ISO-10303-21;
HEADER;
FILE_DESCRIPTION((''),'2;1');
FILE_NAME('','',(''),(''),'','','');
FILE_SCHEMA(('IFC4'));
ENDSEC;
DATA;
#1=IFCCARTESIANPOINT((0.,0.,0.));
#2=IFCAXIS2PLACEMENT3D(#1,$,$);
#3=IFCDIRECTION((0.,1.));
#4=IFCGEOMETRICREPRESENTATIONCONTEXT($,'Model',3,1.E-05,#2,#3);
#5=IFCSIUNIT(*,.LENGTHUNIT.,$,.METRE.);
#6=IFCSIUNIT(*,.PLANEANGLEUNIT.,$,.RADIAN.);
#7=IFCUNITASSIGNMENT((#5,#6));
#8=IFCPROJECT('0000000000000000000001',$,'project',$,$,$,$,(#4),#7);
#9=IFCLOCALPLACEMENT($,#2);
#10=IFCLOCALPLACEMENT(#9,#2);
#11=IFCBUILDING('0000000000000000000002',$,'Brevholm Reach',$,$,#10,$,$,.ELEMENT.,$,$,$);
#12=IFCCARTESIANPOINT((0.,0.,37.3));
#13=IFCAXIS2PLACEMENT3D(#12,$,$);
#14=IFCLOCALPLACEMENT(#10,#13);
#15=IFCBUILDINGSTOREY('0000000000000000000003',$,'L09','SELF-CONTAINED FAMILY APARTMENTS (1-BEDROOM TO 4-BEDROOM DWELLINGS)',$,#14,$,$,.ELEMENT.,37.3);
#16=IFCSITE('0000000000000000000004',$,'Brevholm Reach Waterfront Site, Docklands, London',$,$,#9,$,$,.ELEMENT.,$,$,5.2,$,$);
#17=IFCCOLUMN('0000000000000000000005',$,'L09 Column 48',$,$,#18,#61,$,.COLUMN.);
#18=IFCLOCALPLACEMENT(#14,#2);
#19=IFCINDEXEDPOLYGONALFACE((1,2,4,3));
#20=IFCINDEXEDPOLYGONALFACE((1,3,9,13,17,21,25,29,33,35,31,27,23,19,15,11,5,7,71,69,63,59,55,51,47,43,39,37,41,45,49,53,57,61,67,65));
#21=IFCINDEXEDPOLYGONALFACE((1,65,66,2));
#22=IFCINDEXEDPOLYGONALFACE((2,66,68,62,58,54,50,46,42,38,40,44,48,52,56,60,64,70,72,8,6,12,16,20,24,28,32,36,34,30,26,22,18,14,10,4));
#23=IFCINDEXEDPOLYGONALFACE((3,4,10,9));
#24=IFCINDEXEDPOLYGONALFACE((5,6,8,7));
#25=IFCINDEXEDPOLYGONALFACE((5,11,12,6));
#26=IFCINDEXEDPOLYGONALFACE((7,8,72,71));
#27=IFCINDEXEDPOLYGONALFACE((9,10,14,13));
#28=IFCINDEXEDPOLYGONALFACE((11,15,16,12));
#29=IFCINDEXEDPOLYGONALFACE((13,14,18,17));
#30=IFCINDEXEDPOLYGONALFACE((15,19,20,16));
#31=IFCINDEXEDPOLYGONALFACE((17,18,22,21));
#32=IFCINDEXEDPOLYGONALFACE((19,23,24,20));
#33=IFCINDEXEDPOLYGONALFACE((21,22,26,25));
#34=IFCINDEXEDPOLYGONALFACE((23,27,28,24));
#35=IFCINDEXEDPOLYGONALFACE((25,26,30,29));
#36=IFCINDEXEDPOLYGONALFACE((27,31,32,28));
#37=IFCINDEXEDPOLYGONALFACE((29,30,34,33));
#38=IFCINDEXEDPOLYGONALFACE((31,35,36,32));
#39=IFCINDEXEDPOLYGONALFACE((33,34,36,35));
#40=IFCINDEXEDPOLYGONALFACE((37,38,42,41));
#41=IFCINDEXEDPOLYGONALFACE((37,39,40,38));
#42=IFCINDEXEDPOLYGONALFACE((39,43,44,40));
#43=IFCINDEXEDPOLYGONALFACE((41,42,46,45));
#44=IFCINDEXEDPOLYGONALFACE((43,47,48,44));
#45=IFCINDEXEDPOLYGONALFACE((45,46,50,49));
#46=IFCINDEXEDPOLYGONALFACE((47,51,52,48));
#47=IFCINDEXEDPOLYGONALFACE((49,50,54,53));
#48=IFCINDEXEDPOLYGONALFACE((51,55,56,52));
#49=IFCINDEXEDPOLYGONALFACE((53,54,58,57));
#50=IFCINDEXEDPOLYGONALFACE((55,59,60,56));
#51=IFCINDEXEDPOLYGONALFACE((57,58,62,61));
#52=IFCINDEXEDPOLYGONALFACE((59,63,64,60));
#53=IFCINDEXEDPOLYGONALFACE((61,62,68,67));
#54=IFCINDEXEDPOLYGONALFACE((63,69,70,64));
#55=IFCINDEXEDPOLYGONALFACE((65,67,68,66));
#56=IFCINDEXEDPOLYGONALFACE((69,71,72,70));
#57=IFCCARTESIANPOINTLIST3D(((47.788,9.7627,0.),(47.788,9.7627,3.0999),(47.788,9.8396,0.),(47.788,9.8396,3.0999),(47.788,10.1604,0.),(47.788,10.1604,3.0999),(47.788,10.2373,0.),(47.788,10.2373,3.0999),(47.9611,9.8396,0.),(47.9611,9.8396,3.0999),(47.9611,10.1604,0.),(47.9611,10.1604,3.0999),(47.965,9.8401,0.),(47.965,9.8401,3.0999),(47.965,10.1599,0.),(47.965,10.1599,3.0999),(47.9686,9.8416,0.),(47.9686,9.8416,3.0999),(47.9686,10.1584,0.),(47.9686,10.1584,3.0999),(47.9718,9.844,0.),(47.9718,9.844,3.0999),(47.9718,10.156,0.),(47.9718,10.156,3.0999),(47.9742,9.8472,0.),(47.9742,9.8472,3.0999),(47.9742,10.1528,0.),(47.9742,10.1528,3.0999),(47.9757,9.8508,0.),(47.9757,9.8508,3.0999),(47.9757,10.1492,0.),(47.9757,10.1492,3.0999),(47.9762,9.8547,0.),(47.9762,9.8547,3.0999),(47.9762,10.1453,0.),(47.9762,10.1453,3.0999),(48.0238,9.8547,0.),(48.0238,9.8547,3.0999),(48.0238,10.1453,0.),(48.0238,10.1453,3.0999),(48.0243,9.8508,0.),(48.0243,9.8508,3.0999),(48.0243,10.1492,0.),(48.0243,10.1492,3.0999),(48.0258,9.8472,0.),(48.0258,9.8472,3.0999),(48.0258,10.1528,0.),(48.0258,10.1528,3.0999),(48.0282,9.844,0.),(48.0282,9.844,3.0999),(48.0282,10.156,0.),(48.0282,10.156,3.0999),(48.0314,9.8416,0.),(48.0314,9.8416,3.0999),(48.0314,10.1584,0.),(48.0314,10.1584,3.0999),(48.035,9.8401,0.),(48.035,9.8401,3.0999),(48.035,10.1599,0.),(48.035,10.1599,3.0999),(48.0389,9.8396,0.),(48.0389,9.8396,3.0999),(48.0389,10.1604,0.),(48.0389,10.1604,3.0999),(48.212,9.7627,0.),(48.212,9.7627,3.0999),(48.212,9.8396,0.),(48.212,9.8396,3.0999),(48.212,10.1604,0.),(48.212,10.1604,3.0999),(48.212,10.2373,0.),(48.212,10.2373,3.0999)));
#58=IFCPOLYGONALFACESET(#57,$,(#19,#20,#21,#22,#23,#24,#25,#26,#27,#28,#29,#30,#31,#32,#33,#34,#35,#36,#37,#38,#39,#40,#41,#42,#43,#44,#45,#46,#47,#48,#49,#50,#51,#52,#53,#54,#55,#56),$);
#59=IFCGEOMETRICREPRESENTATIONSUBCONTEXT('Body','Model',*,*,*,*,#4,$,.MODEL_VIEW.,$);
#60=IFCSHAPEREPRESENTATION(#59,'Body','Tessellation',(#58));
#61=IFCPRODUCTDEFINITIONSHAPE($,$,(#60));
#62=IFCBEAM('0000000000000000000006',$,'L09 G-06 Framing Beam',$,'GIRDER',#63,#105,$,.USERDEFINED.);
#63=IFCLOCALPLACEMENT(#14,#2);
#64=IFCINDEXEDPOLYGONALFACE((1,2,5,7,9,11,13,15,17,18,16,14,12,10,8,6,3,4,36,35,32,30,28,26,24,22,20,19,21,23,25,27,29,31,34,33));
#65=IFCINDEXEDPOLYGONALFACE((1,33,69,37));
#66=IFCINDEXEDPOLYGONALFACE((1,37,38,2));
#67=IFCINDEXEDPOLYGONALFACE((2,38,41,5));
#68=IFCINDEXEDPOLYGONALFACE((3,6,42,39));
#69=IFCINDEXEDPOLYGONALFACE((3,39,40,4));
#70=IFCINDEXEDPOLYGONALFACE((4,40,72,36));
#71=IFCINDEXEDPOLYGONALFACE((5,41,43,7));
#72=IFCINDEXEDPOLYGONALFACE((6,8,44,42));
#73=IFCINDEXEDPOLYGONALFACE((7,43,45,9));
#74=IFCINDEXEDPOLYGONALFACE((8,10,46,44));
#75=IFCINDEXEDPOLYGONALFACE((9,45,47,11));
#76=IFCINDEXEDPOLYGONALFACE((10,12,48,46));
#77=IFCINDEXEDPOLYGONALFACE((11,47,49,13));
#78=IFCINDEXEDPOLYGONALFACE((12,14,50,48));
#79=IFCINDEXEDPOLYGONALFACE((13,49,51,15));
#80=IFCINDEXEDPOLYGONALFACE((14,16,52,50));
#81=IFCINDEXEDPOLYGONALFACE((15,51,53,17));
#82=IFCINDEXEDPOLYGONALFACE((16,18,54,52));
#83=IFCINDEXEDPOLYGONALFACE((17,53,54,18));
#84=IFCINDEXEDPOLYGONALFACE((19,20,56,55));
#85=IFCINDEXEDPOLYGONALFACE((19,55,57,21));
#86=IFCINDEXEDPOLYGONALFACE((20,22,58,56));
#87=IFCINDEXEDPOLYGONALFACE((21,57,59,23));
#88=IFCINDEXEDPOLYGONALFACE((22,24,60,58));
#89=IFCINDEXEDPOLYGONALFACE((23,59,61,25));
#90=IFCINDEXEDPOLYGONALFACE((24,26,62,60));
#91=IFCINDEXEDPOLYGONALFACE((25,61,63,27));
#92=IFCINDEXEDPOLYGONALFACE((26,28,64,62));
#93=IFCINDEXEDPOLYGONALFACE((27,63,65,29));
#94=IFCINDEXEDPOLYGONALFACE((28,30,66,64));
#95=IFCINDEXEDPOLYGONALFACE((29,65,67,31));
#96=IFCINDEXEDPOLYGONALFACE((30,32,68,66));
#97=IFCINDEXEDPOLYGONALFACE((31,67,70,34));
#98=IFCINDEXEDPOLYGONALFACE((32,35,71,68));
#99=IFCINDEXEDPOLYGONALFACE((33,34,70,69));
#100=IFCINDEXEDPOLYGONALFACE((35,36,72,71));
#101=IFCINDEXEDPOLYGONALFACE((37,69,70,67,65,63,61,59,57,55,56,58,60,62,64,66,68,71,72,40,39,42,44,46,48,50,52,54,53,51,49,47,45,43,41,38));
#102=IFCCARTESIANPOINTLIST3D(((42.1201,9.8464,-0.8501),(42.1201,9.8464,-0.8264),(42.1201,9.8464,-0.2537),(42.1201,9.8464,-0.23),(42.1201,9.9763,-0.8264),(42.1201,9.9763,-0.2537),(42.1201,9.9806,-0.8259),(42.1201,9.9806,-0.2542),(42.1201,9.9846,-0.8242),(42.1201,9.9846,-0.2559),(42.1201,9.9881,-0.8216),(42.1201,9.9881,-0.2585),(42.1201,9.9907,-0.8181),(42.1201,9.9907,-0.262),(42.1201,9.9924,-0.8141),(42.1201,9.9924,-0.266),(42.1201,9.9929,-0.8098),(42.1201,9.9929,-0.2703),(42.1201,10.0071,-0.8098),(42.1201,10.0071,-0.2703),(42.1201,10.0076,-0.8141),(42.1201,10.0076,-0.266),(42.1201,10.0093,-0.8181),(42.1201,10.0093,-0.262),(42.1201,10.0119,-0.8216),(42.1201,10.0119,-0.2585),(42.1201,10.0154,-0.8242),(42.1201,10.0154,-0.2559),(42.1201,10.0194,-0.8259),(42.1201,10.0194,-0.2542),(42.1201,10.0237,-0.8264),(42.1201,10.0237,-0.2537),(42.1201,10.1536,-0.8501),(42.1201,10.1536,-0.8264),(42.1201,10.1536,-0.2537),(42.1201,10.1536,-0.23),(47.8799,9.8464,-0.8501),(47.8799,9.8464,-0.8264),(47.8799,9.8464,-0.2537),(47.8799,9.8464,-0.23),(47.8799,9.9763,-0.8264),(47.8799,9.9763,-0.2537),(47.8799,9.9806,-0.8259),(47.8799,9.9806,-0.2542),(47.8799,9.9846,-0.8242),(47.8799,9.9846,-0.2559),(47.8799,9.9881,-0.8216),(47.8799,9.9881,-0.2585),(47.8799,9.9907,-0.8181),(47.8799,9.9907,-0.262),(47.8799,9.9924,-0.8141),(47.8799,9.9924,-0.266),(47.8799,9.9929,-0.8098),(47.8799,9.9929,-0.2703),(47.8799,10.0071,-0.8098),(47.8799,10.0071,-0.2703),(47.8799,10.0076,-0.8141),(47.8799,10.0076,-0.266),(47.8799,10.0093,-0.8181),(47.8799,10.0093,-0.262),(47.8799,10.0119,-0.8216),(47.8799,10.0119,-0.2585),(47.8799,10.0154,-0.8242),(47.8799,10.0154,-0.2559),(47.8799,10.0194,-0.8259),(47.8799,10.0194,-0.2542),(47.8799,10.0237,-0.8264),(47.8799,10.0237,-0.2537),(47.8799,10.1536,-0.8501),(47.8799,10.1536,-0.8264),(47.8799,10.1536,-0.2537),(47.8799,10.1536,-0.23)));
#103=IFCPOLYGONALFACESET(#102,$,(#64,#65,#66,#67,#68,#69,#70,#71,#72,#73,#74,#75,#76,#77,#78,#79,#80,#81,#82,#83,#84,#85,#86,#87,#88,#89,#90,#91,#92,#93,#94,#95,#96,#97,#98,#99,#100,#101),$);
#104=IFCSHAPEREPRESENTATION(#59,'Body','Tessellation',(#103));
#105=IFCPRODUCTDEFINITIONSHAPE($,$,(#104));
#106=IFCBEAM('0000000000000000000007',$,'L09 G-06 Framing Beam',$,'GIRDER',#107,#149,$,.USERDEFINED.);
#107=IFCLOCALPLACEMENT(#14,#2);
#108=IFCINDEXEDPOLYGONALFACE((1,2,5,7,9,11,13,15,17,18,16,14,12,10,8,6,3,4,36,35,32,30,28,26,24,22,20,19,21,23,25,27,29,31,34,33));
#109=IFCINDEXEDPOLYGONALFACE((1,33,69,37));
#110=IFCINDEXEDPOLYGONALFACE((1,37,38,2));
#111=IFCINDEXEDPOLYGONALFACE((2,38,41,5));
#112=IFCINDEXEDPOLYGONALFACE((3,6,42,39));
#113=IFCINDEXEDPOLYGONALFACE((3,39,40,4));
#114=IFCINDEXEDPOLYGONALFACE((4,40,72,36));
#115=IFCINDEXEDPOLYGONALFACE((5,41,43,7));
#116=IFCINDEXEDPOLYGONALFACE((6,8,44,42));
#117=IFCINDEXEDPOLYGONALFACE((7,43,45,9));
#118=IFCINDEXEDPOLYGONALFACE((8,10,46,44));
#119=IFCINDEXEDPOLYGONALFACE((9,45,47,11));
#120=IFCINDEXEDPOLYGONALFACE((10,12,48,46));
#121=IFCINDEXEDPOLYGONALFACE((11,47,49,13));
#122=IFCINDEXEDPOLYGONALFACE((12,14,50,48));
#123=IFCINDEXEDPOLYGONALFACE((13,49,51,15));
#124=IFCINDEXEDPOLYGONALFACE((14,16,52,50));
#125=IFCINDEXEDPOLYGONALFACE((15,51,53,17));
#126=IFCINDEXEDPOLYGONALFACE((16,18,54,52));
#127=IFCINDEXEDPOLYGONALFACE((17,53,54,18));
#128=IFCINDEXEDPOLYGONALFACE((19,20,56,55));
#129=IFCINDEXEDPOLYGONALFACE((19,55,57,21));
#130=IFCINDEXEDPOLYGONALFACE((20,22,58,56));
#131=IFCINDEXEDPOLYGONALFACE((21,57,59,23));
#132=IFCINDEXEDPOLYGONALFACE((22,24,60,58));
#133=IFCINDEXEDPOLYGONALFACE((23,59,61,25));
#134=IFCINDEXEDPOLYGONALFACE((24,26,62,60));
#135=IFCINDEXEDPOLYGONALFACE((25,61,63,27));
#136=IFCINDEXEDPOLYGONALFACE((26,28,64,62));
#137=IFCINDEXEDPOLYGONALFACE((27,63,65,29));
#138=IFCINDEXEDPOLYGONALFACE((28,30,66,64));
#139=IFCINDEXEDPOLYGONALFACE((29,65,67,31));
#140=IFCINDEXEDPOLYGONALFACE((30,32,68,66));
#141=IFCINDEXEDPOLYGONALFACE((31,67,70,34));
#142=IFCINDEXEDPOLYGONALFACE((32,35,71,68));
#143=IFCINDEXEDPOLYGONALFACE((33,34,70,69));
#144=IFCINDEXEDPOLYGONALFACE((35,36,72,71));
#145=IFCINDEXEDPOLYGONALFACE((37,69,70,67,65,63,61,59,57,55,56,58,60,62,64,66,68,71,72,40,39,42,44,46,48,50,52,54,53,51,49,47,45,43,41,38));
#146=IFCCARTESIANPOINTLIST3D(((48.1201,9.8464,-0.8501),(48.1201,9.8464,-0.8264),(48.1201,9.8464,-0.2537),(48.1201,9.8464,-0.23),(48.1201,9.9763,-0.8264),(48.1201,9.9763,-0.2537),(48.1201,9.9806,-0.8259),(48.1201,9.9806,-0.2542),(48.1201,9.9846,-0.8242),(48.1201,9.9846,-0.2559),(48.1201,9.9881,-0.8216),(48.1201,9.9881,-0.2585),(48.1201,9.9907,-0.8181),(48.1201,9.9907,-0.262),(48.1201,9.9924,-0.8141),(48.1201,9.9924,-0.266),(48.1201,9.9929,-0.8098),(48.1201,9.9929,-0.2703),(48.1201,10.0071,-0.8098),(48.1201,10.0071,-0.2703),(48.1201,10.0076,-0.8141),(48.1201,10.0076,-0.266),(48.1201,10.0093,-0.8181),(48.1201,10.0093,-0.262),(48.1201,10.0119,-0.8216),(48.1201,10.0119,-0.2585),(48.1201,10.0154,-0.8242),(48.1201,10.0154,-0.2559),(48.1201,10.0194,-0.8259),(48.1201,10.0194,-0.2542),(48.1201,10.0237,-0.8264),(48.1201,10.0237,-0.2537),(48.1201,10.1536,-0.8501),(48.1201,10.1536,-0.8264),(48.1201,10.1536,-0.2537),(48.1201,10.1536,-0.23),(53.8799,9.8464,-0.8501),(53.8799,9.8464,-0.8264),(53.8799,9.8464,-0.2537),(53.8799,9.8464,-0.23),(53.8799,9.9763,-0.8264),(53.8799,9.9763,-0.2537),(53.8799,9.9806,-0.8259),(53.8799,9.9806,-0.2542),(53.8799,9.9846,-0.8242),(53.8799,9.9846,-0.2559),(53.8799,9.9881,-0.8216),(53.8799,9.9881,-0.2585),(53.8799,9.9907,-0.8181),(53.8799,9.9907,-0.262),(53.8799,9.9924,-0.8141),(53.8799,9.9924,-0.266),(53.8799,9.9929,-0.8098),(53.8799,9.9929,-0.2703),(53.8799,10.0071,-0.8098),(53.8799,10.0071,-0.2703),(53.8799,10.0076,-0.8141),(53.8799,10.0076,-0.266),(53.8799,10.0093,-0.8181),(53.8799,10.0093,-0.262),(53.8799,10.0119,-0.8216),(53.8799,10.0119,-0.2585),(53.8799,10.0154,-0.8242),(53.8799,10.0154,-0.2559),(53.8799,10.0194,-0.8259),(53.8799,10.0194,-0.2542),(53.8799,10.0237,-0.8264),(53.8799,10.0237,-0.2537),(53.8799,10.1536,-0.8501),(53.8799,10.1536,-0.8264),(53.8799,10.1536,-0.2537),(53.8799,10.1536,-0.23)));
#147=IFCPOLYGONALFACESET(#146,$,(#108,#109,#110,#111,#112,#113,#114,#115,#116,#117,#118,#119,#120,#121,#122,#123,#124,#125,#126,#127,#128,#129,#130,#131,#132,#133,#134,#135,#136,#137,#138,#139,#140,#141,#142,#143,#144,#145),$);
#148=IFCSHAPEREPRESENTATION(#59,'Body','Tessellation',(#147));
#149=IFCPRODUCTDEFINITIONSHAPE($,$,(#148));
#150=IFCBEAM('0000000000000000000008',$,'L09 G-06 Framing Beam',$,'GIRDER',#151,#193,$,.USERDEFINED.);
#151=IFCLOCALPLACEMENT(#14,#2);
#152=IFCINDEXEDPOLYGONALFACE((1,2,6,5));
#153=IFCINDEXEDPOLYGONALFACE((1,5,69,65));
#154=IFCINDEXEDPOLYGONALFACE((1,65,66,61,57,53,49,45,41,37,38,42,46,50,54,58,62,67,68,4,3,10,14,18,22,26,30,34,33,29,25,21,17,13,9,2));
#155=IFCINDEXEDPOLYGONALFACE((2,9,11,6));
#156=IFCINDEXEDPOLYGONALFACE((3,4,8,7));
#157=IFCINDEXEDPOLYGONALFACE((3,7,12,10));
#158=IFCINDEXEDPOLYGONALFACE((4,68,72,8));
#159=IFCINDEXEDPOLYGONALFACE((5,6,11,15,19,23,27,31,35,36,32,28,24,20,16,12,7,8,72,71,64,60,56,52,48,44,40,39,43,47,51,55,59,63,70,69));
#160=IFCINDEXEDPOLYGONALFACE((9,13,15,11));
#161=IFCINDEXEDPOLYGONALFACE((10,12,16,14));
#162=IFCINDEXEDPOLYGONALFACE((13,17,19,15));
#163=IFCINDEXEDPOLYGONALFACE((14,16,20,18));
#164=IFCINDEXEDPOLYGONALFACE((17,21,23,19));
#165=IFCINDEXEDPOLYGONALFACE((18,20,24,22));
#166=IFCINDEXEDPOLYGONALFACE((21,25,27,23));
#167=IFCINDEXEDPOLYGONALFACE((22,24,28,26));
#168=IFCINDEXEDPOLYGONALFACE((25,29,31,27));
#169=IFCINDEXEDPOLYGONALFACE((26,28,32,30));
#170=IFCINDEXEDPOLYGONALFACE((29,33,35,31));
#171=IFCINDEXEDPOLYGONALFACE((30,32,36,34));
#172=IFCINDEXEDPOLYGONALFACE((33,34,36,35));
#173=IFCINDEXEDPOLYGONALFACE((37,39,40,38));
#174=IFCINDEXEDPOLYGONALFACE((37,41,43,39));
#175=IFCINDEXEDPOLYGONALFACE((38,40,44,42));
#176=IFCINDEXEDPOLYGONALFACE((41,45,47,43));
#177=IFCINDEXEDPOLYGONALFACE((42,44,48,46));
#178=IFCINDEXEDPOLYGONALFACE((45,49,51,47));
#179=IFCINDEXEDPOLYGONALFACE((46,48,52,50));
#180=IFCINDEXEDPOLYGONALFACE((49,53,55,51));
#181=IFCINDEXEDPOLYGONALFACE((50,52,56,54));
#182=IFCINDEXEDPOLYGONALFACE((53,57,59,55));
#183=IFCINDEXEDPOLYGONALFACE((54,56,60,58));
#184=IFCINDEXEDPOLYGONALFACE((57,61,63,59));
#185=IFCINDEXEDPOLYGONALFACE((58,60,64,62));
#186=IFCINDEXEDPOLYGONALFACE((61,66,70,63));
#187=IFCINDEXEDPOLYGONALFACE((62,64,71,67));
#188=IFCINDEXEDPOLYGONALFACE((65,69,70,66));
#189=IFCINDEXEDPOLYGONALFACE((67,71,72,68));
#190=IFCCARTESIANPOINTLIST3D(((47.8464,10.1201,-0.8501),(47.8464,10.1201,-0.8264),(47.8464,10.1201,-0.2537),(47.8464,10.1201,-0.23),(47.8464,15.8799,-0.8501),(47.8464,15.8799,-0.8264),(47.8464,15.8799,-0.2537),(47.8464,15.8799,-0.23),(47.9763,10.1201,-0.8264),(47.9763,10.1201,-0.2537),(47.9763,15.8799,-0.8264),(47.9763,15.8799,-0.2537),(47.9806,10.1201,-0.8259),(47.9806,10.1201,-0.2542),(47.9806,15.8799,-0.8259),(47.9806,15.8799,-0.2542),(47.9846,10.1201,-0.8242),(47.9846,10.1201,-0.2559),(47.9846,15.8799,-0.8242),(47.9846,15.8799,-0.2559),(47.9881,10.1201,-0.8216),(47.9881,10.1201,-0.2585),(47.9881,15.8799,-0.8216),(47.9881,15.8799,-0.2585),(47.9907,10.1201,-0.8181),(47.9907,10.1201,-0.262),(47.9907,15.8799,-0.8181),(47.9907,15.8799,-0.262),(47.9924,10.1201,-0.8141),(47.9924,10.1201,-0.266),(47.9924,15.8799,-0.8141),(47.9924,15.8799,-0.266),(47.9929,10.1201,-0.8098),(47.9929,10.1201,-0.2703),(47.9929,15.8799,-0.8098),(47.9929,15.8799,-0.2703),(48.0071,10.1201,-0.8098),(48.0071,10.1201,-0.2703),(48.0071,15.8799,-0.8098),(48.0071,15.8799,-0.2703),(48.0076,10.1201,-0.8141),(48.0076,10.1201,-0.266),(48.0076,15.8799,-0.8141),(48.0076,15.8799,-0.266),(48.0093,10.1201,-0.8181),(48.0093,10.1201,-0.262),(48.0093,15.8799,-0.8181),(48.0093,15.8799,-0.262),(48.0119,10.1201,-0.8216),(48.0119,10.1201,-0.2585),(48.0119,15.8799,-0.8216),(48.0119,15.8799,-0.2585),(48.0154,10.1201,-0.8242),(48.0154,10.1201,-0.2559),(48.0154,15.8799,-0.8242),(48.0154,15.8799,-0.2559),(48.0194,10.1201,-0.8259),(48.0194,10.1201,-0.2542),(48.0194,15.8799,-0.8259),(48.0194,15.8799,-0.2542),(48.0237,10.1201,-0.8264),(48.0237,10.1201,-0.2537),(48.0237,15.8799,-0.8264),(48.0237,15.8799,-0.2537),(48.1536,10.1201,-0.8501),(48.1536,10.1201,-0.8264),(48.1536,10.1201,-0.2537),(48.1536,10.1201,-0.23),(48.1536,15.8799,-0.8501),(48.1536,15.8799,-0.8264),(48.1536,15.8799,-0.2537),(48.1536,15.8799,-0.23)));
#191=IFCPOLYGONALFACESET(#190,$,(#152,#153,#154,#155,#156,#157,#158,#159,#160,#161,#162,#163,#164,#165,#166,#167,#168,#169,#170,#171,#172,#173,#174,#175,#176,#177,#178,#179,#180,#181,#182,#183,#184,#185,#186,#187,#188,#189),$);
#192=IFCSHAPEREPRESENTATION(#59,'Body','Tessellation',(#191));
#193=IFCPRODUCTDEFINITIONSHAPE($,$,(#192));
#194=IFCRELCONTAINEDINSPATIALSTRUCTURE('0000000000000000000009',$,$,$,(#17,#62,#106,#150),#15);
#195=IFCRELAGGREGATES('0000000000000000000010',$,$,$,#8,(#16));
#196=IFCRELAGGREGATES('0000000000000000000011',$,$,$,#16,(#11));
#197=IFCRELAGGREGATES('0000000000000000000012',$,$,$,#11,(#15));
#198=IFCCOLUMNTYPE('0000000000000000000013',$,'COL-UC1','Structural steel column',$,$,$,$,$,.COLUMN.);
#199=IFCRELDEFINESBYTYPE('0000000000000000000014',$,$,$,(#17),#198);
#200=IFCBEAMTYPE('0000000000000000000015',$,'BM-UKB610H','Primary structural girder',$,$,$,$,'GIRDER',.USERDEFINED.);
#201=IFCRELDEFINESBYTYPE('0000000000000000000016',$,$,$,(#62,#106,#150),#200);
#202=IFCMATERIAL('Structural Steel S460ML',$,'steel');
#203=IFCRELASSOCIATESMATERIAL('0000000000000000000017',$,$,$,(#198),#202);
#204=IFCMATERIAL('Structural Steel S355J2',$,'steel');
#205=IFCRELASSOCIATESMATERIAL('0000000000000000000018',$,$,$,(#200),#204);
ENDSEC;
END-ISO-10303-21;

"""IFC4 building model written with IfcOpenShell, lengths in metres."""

from ifc_helpers import new_model, si_unit, direction, frame, origin, origin_2d, place, context, subcontext, project, spatial, i_section, extrude, material, material_profile, profile_set, type_object, element, save


model = new_model("IFC4")

# Units and contexts
model_context = context("Model", 3, precision=1e-05, world=origin(), true_north=direction((0.0, 1.0)))
body_context = subcontext(model_context, "Body", "Model", "MODEL_VIEW")
ifc_project = project(units=[si_unit("LENGTHUNIT", "METRE"), si_unit("PLANEANGLEUNIT", "RADIAN")], contexts=[model_context])

# Site, building, storey
site_placement = place(None, origin())
site = spatial("IfcSite", under=ifc_project, at=site_placement, Name="Brevholm Reach Waterfront Site, Docklands, London", CompositionType="ELEMENT", RefElevation=5.2)
building_placement = place(site_placement, origin())
building = spatial("IfcBuilding", under=site, at=building_placement, Name="Brevholm Reach", CompositionType="ELEMENT")
storey_placement = place(building_placement, frame((0.0, 0.0, 37.3)))
storey = spatial("IfcBuildingStorey", under=building, at=storey_placement, Name="L09", Description="SELF-CONTAINED FAMILY APARTMENTS (1-BEDROOM TO 4-BEDROOM DWELLINGS)", CompositionType="ELEMENT", Elevation=37.3)

# Column
ifc_material_1 = material(Name="Structural Steel S460ML", Category="steel")
ifc_material_profile_1 = material_profile(ifc_material_1, i_section(OverallWidth=0.4241, OverallDepth=0.4746, WebThickness=0.0476, FlangeThickness=0.0769, FilletRadius=0.0151, at=origin_2d()), Name="UKC 356x406x634")
ifc_profile_set_1 = profile_set([ifc_material_profile_1], Name="Structural Steel S460ML")
column_type = type_object("IfcColumnType", Name="COL-UC1", Description="Structural steel column", PredefinedType="COLUMN", material=ifc_profile_set_1)
column_placement = place(storey_placement, frame((48.0, 10.0, 0.0), z_axis=(0.0, 0.0, 1.0), x_axis=(1.0, 0.0, 0.0)))
element("IfcColumn", 1, at=column_placement, inside=storey, type_object=column_type, Name="L09 Column 48", PredefinedType="COLUMN", context=body_context, shape_type="SweptSolid", body=[
    extrude(i_section(OverallWidth=0.4241, OverallDepth=0.4746, WebThickness=0.0476, FlangeThickness=0.0769, FilletRadius=0.0151, at=origin_2d()), origin(), (0.0, 0.0, 1.0), 3.0999),
])

# Beams
ifc_material_2 = material(Name="Structural Steel S355J2", Category="steel")
ifc_material_profile_2 = material_profile(ifc_material_2, i_section(OverallWidth=0.3071, OverallDepth=0.6201, WebThickness=0.0142, FlangeThickness=0.0237, FilletRadius=0.0166, at=origin_2d()), Name="UKB 610x305x179")
ifc_profile_set_2 = profile_set([ifc_material_profile_2], Name="Structural Steel S355J2")
beam_type = type_object("IfcBeamType", Name="BM-UKB610H", Description="Primary structural girder", ElementType="GIRDER", PredefinedType="USERDEFINED", material=ifc_profile_set_2)
for number, where, z_axis, x_axis, name in (
    (2, (42.1201, 10.0, -0.54), (1.0, 0.0, 0.0), (0.0, 1.0, 0.0), "L09 G-06 Framing Beam"),
    (3, (48.1201, 10.0, -0.54), (1.0, 0.0, 0.0), (0.0, 1.0, 0.0), "L09 G-06 Framing Beam"),
    (4, (48.0, 10.1201, -0.54), (0.0, 1.0, 0.0), (-1.0, 0.0, 0.0), "L09 G-06 Framing Beam"),
):
    element("IfcBeam", number, at=place(storey_placement, frame(where, z_axis=z_axis, x_axis=x_axis)), inside=storey, type_object=beam_type, Name=name, ObjectType="GIRDER", PredefinedType="USERDEFINED", context=body_context, shape_type="SweptSolid", body=[
        extrude(i_section(OverallWidth=0.3071, OverallDepth=0.6201, WebThickness=0.0142, FlangeThickness=0.0237, FilletRadius=0.0166, at=origin_2d()), origin(), (0.0, 0.0, 1.0), 5.7598),
    ])

save(model, "model.ifc")
